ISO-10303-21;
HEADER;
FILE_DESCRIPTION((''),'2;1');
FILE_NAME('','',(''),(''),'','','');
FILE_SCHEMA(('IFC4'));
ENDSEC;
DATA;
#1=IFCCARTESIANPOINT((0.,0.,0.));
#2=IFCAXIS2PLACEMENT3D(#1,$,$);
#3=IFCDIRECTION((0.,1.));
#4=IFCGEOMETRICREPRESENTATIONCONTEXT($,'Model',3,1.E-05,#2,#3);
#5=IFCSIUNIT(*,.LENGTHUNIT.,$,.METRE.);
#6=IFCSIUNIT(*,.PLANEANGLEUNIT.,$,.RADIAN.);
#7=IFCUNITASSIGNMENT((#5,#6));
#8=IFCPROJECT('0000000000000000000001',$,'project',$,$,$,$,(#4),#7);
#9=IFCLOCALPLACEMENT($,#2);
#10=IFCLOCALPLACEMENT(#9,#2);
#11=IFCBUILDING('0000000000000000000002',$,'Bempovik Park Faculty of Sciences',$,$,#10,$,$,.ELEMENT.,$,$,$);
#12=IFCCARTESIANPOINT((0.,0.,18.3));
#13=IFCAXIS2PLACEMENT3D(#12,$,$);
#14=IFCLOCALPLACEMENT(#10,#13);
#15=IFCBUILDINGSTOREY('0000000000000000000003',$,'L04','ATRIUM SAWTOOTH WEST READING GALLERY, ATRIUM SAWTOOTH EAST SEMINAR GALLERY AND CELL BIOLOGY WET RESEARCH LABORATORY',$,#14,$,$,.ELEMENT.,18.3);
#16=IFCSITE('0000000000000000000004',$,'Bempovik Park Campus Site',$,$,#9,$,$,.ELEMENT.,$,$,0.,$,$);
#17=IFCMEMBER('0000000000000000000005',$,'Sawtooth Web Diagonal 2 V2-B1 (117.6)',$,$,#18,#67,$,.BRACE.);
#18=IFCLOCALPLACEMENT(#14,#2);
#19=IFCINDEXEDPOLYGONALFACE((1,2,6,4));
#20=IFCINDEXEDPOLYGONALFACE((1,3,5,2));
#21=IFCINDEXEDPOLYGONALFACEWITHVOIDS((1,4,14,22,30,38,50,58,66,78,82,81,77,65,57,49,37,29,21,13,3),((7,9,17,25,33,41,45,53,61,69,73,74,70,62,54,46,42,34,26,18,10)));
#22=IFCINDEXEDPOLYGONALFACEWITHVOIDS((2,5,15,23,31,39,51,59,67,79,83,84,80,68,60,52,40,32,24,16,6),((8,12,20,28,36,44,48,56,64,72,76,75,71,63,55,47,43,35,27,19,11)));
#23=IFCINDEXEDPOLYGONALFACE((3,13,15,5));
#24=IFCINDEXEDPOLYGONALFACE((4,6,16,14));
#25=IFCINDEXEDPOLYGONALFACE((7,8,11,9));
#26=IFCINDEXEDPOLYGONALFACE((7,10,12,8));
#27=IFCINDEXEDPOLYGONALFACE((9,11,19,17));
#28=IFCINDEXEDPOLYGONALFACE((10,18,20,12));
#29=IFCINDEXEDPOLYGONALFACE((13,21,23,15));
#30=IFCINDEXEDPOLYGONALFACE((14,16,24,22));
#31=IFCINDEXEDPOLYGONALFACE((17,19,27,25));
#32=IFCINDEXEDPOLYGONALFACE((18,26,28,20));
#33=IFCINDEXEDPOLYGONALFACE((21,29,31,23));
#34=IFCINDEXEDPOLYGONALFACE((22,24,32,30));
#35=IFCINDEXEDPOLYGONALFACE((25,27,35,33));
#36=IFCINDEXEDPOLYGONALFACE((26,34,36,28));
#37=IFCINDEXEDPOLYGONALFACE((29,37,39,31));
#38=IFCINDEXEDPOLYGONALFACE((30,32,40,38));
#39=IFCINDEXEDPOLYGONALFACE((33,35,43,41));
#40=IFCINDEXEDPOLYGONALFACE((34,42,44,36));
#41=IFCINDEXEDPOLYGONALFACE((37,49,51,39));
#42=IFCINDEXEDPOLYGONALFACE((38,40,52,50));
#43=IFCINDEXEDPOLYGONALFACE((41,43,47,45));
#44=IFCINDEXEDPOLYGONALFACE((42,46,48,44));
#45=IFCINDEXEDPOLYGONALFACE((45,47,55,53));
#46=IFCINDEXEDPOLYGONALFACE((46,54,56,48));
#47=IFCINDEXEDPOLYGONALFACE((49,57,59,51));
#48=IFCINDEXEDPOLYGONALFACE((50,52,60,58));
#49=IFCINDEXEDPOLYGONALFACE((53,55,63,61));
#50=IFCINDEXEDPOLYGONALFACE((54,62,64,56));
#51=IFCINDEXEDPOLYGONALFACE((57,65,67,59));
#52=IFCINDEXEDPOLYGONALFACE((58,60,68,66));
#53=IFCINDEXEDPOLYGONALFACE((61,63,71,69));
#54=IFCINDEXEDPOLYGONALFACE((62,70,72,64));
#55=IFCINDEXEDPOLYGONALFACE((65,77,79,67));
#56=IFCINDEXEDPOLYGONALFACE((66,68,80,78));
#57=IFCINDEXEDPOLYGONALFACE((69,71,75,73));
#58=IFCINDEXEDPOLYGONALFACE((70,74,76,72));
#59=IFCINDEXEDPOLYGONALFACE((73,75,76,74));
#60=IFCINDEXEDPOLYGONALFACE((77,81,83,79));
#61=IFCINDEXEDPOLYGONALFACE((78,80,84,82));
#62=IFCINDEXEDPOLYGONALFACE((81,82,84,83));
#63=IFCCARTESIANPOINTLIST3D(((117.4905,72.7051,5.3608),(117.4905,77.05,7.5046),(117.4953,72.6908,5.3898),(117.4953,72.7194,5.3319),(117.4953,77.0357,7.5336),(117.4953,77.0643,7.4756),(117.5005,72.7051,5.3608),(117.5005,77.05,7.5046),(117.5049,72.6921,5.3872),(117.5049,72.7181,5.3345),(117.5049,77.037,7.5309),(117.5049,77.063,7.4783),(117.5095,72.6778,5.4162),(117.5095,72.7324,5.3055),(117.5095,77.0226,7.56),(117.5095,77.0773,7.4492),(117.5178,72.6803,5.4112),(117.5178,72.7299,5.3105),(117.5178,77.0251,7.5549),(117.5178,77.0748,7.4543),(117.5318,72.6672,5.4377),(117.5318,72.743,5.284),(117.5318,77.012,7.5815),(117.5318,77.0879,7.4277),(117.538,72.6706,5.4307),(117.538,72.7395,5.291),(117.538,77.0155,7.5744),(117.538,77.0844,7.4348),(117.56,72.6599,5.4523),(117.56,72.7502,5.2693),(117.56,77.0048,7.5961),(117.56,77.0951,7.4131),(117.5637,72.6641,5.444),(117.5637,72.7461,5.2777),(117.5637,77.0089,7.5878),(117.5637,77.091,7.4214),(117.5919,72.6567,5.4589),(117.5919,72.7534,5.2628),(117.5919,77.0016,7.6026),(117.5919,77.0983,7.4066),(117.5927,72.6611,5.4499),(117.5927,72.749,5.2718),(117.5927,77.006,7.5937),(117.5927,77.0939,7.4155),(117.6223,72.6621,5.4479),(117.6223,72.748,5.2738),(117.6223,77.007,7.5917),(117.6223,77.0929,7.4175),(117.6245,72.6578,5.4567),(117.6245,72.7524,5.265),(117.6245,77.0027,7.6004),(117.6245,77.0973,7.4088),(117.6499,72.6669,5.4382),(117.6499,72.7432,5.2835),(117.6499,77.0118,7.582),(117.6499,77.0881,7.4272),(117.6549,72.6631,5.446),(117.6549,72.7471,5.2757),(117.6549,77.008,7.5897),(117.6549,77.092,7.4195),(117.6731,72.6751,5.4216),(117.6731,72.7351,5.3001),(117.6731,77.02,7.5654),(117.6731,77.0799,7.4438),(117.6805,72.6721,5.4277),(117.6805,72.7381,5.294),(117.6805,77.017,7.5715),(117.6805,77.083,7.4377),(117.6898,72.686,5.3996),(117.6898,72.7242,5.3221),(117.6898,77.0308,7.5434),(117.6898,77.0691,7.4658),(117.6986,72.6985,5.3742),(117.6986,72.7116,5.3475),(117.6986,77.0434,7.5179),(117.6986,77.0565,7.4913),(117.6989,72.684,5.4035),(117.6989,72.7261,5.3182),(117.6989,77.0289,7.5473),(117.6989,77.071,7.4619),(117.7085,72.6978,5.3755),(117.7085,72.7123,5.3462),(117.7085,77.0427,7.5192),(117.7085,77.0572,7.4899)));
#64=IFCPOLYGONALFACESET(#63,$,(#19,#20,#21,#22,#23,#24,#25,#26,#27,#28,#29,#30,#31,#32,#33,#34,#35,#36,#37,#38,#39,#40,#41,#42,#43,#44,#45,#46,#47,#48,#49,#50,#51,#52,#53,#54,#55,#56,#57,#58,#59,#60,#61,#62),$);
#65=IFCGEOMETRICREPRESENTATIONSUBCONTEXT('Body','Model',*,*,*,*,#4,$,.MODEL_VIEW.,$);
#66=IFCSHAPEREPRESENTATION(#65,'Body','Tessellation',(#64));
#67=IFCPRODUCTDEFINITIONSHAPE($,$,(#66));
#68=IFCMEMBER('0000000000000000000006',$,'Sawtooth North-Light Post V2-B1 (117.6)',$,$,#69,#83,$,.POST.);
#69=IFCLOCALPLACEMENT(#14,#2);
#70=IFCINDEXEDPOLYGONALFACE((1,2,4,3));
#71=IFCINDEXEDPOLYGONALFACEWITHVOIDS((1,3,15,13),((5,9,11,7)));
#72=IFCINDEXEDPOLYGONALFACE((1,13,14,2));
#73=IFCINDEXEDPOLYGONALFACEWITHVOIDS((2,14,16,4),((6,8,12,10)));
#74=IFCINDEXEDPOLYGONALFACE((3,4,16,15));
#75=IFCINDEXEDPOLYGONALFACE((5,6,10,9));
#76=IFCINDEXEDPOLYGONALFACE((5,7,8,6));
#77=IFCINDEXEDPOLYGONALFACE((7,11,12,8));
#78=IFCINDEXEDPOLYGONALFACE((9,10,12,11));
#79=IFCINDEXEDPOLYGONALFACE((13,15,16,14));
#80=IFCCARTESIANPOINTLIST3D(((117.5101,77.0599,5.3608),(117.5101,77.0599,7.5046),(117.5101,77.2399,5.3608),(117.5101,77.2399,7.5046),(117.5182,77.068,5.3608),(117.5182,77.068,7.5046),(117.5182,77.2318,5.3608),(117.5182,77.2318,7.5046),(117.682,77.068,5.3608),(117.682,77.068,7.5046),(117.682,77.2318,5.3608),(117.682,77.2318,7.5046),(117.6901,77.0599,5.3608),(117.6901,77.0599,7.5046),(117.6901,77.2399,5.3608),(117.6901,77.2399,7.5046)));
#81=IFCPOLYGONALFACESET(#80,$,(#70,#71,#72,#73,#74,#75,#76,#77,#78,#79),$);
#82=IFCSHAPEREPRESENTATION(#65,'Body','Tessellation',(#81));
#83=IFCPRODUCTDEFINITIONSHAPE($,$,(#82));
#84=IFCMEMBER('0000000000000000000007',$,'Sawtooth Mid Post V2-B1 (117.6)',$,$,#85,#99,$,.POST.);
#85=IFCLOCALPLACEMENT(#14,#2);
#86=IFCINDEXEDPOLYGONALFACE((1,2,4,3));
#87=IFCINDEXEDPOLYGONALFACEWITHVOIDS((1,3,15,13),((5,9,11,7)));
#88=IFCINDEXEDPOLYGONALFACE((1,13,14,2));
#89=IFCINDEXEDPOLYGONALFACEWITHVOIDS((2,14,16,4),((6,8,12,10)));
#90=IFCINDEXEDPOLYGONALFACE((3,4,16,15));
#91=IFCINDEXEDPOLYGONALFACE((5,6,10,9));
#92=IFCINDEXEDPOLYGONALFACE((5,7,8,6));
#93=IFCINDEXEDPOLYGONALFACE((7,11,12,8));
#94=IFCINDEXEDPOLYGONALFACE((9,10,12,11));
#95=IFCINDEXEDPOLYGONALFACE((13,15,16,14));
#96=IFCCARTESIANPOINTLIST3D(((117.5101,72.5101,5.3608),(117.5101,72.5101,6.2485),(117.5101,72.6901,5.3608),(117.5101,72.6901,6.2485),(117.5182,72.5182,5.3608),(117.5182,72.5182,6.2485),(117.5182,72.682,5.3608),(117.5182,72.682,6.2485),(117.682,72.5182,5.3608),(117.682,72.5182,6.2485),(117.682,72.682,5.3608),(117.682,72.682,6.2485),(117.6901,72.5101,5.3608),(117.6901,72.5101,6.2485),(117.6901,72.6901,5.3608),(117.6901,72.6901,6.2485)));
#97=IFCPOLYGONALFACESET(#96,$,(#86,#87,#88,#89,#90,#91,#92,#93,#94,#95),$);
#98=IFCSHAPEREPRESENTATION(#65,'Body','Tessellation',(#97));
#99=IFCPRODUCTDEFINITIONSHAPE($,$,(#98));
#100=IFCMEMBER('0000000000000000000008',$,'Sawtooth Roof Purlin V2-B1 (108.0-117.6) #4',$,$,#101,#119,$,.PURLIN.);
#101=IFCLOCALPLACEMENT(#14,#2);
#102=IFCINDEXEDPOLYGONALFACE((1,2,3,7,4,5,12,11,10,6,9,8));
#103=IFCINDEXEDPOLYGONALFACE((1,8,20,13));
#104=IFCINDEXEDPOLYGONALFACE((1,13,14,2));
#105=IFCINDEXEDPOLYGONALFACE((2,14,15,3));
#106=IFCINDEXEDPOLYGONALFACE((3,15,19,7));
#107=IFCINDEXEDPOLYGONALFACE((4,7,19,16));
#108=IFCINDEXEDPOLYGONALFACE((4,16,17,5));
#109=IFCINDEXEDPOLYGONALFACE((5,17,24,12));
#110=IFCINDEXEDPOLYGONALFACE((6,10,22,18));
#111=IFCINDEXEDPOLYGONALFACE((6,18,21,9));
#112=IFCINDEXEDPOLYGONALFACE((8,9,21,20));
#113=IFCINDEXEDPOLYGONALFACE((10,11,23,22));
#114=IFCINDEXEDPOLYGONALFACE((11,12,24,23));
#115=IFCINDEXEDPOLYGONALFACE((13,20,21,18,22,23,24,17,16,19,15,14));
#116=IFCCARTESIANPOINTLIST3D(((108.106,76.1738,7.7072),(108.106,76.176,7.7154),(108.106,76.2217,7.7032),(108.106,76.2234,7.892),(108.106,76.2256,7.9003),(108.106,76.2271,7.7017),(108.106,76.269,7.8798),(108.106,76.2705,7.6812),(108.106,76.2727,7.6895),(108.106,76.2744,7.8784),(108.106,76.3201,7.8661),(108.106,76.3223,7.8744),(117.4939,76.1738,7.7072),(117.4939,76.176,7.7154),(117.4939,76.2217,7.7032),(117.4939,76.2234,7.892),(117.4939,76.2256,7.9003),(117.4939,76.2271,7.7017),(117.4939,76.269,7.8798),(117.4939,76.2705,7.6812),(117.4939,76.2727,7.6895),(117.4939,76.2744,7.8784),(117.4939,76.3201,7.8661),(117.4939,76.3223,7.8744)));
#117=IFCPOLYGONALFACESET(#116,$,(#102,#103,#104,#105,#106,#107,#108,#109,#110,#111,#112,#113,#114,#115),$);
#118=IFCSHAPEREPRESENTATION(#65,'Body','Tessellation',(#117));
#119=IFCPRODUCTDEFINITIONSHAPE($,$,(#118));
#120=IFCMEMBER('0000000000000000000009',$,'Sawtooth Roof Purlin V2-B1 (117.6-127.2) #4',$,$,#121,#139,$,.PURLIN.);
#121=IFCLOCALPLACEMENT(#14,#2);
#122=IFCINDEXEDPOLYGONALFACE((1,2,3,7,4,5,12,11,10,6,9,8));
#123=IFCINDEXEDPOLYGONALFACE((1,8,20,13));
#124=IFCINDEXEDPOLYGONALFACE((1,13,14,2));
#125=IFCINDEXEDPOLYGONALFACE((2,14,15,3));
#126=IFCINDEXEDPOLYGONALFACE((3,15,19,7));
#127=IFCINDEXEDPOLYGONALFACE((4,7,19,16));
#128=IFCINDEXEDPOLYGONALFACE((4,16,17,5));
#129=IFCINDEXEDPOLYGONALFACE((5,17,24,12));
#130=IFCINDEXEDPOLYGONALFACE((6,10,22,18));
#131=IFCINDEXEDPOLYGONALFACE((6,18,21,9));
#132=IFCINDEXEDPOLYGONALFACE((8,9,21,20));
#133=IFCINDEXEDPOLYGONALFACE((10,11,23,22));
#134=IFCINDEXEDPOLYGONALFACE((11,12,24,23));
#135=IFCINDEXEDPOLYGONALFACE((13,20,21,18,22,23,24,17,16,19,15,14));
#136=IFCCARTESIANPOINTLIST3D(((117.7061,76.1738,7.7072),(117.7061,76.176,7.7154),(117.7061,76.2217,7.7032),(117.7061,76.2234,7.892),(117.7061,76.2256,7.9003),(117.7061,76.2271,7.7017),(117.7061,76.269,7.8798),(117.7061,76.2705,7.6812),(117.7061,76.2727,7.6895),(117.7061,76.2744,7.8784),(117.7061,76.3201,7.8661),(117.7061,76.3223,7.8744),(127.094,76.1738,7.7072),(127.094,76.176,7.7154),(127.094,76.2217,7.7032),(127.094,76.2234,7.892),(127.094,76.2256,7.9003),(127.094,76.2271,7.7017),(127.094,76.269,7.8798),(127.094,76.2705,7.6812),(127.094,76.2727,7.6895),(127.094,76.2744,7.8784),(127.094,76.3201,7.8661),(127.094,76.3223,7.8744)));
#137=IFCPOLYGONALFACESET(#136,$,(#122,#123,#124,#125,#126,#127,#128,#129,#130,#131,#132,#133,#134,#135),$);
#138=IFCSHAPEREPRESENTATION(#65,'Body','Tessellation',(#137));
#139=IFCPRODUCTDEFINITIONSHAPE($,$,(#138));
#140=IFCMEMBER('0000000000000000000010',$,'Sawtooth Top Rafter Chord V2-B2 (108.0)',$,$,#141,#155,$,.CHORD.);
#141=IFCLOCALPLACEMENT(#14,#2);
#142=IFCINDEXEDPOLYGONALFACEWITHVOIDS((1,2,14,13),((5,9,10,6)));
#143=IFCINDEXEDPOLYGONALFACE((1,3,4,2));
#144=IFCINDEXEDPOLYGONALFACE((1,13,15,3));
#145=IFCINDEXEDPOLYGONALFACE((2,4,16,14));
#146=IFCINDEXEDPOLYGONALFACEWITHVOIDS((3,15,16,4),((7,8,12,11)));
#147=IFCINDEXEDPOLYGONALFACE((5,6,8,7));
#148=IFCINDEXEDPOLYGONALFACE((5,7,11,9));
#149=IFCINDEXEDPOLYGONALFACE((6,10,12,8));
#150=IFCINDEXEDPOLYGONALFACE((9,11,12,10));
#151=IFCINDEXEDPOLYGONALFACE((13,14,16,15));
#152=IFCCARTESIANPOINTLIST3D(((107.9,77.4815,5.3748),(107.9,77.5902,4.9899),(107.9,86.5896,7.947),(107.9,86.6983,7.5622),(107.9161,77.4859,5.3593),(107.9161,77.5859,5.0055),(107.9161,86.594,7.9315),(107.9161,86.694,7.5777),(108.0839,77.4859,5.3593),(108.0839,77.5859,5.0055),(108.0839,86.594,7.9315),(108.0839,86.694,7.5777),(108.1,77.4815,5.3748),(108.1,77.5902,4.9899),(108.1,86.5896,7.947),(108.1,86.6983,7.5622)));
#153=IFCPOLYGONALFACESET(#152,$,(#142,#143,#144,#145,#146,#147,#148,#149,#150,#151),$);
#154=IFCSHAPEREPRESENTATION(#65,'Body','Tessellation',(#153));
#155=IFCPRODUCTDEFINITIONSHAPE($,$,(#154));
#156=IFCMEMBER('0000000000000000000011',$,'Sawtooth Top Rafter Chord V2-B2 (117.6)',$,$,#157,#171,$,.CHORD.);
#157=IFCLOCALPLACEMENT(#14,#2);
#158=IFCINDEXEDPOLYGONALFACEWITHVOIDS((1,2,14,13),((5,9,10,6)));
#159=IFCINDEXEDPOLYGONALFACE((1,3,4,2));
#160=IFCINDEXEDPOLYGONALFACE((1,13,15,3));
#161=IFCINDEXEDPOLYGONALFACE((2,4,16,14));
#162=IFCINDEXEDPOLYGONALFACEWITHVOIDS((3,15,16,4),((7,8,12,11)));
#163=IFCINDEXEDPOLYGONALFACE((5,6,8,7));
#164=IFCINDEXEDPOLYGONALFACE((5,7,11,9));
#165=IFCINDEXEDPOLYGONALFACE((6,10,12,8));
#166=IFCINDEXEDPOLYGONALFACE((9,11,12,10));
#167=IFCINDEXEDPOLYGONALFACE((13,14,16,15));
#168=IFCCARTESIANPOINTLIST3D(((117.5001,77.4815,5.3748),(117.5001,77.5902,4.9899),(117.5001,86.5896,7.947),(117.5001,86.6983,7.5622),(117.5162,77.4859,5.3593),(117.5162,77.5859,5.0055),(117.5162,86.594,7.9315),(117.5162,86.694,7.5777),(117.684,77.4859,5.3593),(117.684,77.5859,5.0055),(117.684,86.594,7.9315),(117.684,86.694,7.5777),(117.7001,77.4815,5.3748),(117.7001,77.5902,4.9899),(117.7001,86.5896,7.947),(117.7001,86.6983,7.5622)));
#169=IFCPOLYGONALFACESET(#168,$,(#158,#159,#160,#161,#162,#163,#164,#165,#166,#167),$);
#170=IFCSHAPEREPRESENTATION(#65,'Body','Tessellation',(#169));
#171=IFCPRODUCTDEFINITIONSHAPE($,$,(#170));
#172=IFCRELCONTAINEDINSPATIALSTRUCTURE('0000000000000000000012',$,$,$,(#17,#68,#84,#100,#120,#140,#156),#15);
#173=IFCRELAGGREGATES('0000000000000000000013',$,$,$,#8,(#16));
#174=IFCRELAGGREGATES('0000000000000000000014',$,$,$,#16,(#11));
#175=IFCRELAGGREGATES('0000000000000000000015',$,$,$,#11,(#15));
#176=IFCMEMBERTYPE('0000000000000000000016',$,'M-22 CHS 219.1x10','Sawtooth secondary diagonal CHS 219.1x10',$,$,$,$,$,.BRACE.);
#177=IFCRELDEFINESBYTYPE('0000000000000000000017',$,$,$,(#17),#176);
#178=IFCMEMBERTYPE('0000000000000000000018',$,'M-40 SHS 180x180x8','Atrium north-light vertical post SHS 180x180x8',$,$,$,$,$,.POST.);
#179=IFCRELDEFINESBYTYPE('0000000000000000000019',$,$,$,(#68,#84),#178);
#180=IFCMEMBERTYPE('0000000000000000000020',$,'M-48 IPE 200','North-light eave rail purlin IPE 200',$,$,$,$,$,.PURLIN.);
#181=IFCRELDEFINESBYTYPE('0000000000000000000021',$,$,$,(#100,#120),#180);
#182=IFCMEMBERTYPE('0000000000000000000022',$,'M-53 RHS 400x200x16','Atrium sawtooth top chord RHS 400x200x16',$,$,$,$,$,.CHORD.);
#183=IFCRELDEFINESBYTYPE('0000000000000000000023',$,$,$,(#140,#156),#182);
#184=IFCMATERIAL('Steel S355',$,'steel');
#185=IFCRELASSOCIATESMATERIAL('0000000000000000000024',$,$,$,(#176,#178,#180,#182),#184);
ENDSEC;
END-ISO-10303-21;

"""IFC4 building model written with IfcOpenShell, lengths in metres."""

from ifc_helpers import new_model, si_unit, direction, frame, origin, origin_2d, place, context, subcontext, project, spatial, hollow_rectangle, hollow_circle, i_section, extrude, material, material_profile, profile_set, type_object, element, save


model = new_model("IFC4")

# Units and contexts
model_context = context("Model", 3, precision=1e-05, world=origin(), true_north=direction((0.0, 1.0)))
body_context = subcontext(model_context, "Body", "Model", "MODEL_VIEW")
ifc_project = project(units=[si_unit("LENGTHUNIT", "METRE"), si_unit("PLANEANGLEUNIT", "RADIAN")], contexts=[model_context])

# Site, building, storey
site_placement = place(None, origin())
site = spatial("IfcSite", under=ifc_project, at=site_placement, Name="Bempovik Park Campus Site", CompositionType="ELEMENT", RefElevation=0.0)
building_placement = place(site_placement, origin())
building = spatial("IfcBuilding", under=site, at=building_placement, Name="Bempovik Park Faculty of Sciences", CompositionType="ELEMENT")
storey_placement = place(building_placement, frame((0.0, 0.0, 18.3)))
storey = spatial("IfcBuildingStorey", under=building, at=storey_placement, Name="L04", Description="ATRIUM SAWTOOTH WEST READING GALLERY, ATRIUM SAWTOOTH EAST SEMINAR GALLERY AND CELL BIOLOGY WET RESEARCH LABORATORY", CompositionType="ELEMENT", Elevation=18.3)

# Shared definitions
ifc_material_1 = material(Name="Steel S355", Category="steel")

# Members
ifc_material_profile_1 = material_profile(ifc_material_1, hollow_circle(Radius=0.1096, WallThickness=0.01, at=origin_2d()), Name="CHS 219.1x10")
ifc_profile_set_1 = profile_set([ifc_material_profile_1], Name="Steel S355")
member_type_1 = type_object("IfcMemberType", Name="M-22 CHS 219.1x10", Description="Sawtooth secondary diagonal CHS 219.1x10", PredefinedType="BRACE", material=ifc_profile_set_1)
member_1_placement = place(storey_placement, frame((117.6001, 72.7051, 5.3608), z_axis=(0.0, 0.896783, 0.442471), x_axis=(-1.0, 0.0, 0.0)))
element("IfcMember", 1, at=member_1_placement, inside=storey, type_object=member_type_1, Name="Sawtooth Web Diagonal 2 V2-B1 (117.6)", PredefinedType="BRACE", context=body_context, shape_type="SweptSolid", body=[
    extrude(hollow_circle(Radius=0.1096, WallThickness=0.01, at=origin_2d()), origin(), (0.0, 0.0, 1.0), 4.845),
])
ifc_material_profile_2 = material_profile(ifc_material_1, hollow_rectangle(XDim=0.1799, YDim=0.1799, WallThickness=0.0081, at=origin_2d()), Name="SHS 180x180x8")
ifc_profile_set_2 = profile_set([ifc_material_profile_2], Name="Steel S355")
member_type_2 = type_object("IfcMemberType", Name="M-40 SHS 180x180x8", Description="Atrium north-light vertical post SHS 180x180x8", PredefinedType="POST", material=ifc_profile_set_2)
member_2_placement = place(storey_placement, frame((117.6001, 77.1499, 5.3608), z_axis=(0.0, 0.0, 1.0), x_axis=(1.0, 0.0, 0.0)))
element("IfcMember", 2, at=member_2_placement, inside=storey, type_object=member_type_2, Name="Sawtooth North-Light Post V2-B1 (117.6)", PredefinedType="POST", context=body_context, shape_type="SweptSolid", body=[
    extrude(hollow_rectangle(XDim=0.1799, YDim=0.1799, WallThickness=0.0081, at=origin_2d()), origin(), (0.0, 0.0, 1.0), 2.1438),
])
member_3_placement = place(storey_placement, frame((117.6001, 72.6001, 5.3608), z_axis=(0.0, 0.0, 1.0), x_axis=(1.0, 0.0, 0.0)))
element("IfcMember", 3, at=member_3_placement, inside=storey, type_object=member_type_2, Name="Sawtooth Mid Post V2-B1 (117.6)", PredefinedType="POST", context=body_context, shape_type="SweptSolid", body=[
    extrude(hollow_rectangle(XDim=0.1799, YDim=0.1799, WallThickness=0.0081, at=origin_2d()), origin(), (0.0, 0.0, 1.0), 0.8877),
])
ifc_material_profile_3 = material_profile(ifc_material_1, i_section(OverallWidth=0.1001, OverallDepth=0.2, WebThickness=0.0056, FlangeThickness=0.0085, at=origin_2d()), Name="IPE 200")
ifc_profile_set_3 = profile_set([ifc_material_profile_3], Name="Steel S355")
member_type_3 = type_object("IfcMemberType", Name="M-48 IPE 200", Description="North-light eave rail purlin IPE 200", PredefinedType="PURLIN", material=ifc_profile_set_3)
for number, where, z_axis, x_axis, name in (
    (4, (108.106, 76.248, 7.7908), (1.0, 0.0, 0.0), (0.0, 0.965926, -0.258819), "Sawtooth Roof Purlin V2-B1 (108.0-117.6) #4"),
    (5, (117.7061, 76.248, 7.7908), (1.0, 0.0, 0.0), (0.0, 0.965926, -0.258819), "Sawtooth Roof Purlin V2-B1 (117.6-127.2) #4"),
):
    element("IfcMember", number, at=place(storey_placement, frame(where, z_axis=z_axis, x_axis=x_axis)), inside=storey, type_object=member_type_3, Name=name, PredefinedType="PURLIN", context=body_context, shape_type="SweptSolid", body=[
        extrude(i_section(OverallWidth=0.1001, OverallDepth=0.2, WebThickness=0.0056, FlangeThickness=0.0085, at=origin_2d()), origin(), (0.0, 0.0, 1.0), 9.3879),
    ])
ifc_material_profile_4 = material_profile(ifc_material_1, hollow_rectangle(XDim=0.2, YDim=0.3999, WallThickness=0.0161, at=origin_2d()), Name="RHS 400x200x16")
ifc_profile_set_4 = profile_set([ifc_material_profile_4], Name="Steel S355")
member_type_4 = type_object("IfcMemberType", Name="M-53 RHS 400x200x16", Description="Atrium sawtooth top chord RHS 400x200x16", PredefinedType="CHORD", material=ifc_profile_set_4)
for number, where, z_axis, x_axis, name in (
    (6, (108.0, 77.5359, 5.1824), (0.0, 0.962359, 0.271783), (-1.0, 0.0, 0.0), "Sawtooth Top Rafter Chord V2-B2 (108.0)"),
    (7, (117.6001, 77.5359, 5.1824), (0.0, 0.962359, 0.271783), (-1.0, 0.0, 0.0), "Sawtooth Top Rafter Chord V2-B2 (117.6)"),
):
    element("IfcMember", number, at=place(storey_placement, frame(where, z_axis=z_axis, x_axis=x_axis)), inside=storey, type_object=member_type_4, Name=name, PredefinedType="CHORD", context=body_context, shape_type="SweptSolid", body=[
        extrude(hollow_rectangle(XDim=0.2, YDim=0.3999, WallThickness=0.0161, at=origin_2d()), origin(), (0.0, 0.0, 1.0), 9.4644),
    ])

save(model, "model.ifc")
